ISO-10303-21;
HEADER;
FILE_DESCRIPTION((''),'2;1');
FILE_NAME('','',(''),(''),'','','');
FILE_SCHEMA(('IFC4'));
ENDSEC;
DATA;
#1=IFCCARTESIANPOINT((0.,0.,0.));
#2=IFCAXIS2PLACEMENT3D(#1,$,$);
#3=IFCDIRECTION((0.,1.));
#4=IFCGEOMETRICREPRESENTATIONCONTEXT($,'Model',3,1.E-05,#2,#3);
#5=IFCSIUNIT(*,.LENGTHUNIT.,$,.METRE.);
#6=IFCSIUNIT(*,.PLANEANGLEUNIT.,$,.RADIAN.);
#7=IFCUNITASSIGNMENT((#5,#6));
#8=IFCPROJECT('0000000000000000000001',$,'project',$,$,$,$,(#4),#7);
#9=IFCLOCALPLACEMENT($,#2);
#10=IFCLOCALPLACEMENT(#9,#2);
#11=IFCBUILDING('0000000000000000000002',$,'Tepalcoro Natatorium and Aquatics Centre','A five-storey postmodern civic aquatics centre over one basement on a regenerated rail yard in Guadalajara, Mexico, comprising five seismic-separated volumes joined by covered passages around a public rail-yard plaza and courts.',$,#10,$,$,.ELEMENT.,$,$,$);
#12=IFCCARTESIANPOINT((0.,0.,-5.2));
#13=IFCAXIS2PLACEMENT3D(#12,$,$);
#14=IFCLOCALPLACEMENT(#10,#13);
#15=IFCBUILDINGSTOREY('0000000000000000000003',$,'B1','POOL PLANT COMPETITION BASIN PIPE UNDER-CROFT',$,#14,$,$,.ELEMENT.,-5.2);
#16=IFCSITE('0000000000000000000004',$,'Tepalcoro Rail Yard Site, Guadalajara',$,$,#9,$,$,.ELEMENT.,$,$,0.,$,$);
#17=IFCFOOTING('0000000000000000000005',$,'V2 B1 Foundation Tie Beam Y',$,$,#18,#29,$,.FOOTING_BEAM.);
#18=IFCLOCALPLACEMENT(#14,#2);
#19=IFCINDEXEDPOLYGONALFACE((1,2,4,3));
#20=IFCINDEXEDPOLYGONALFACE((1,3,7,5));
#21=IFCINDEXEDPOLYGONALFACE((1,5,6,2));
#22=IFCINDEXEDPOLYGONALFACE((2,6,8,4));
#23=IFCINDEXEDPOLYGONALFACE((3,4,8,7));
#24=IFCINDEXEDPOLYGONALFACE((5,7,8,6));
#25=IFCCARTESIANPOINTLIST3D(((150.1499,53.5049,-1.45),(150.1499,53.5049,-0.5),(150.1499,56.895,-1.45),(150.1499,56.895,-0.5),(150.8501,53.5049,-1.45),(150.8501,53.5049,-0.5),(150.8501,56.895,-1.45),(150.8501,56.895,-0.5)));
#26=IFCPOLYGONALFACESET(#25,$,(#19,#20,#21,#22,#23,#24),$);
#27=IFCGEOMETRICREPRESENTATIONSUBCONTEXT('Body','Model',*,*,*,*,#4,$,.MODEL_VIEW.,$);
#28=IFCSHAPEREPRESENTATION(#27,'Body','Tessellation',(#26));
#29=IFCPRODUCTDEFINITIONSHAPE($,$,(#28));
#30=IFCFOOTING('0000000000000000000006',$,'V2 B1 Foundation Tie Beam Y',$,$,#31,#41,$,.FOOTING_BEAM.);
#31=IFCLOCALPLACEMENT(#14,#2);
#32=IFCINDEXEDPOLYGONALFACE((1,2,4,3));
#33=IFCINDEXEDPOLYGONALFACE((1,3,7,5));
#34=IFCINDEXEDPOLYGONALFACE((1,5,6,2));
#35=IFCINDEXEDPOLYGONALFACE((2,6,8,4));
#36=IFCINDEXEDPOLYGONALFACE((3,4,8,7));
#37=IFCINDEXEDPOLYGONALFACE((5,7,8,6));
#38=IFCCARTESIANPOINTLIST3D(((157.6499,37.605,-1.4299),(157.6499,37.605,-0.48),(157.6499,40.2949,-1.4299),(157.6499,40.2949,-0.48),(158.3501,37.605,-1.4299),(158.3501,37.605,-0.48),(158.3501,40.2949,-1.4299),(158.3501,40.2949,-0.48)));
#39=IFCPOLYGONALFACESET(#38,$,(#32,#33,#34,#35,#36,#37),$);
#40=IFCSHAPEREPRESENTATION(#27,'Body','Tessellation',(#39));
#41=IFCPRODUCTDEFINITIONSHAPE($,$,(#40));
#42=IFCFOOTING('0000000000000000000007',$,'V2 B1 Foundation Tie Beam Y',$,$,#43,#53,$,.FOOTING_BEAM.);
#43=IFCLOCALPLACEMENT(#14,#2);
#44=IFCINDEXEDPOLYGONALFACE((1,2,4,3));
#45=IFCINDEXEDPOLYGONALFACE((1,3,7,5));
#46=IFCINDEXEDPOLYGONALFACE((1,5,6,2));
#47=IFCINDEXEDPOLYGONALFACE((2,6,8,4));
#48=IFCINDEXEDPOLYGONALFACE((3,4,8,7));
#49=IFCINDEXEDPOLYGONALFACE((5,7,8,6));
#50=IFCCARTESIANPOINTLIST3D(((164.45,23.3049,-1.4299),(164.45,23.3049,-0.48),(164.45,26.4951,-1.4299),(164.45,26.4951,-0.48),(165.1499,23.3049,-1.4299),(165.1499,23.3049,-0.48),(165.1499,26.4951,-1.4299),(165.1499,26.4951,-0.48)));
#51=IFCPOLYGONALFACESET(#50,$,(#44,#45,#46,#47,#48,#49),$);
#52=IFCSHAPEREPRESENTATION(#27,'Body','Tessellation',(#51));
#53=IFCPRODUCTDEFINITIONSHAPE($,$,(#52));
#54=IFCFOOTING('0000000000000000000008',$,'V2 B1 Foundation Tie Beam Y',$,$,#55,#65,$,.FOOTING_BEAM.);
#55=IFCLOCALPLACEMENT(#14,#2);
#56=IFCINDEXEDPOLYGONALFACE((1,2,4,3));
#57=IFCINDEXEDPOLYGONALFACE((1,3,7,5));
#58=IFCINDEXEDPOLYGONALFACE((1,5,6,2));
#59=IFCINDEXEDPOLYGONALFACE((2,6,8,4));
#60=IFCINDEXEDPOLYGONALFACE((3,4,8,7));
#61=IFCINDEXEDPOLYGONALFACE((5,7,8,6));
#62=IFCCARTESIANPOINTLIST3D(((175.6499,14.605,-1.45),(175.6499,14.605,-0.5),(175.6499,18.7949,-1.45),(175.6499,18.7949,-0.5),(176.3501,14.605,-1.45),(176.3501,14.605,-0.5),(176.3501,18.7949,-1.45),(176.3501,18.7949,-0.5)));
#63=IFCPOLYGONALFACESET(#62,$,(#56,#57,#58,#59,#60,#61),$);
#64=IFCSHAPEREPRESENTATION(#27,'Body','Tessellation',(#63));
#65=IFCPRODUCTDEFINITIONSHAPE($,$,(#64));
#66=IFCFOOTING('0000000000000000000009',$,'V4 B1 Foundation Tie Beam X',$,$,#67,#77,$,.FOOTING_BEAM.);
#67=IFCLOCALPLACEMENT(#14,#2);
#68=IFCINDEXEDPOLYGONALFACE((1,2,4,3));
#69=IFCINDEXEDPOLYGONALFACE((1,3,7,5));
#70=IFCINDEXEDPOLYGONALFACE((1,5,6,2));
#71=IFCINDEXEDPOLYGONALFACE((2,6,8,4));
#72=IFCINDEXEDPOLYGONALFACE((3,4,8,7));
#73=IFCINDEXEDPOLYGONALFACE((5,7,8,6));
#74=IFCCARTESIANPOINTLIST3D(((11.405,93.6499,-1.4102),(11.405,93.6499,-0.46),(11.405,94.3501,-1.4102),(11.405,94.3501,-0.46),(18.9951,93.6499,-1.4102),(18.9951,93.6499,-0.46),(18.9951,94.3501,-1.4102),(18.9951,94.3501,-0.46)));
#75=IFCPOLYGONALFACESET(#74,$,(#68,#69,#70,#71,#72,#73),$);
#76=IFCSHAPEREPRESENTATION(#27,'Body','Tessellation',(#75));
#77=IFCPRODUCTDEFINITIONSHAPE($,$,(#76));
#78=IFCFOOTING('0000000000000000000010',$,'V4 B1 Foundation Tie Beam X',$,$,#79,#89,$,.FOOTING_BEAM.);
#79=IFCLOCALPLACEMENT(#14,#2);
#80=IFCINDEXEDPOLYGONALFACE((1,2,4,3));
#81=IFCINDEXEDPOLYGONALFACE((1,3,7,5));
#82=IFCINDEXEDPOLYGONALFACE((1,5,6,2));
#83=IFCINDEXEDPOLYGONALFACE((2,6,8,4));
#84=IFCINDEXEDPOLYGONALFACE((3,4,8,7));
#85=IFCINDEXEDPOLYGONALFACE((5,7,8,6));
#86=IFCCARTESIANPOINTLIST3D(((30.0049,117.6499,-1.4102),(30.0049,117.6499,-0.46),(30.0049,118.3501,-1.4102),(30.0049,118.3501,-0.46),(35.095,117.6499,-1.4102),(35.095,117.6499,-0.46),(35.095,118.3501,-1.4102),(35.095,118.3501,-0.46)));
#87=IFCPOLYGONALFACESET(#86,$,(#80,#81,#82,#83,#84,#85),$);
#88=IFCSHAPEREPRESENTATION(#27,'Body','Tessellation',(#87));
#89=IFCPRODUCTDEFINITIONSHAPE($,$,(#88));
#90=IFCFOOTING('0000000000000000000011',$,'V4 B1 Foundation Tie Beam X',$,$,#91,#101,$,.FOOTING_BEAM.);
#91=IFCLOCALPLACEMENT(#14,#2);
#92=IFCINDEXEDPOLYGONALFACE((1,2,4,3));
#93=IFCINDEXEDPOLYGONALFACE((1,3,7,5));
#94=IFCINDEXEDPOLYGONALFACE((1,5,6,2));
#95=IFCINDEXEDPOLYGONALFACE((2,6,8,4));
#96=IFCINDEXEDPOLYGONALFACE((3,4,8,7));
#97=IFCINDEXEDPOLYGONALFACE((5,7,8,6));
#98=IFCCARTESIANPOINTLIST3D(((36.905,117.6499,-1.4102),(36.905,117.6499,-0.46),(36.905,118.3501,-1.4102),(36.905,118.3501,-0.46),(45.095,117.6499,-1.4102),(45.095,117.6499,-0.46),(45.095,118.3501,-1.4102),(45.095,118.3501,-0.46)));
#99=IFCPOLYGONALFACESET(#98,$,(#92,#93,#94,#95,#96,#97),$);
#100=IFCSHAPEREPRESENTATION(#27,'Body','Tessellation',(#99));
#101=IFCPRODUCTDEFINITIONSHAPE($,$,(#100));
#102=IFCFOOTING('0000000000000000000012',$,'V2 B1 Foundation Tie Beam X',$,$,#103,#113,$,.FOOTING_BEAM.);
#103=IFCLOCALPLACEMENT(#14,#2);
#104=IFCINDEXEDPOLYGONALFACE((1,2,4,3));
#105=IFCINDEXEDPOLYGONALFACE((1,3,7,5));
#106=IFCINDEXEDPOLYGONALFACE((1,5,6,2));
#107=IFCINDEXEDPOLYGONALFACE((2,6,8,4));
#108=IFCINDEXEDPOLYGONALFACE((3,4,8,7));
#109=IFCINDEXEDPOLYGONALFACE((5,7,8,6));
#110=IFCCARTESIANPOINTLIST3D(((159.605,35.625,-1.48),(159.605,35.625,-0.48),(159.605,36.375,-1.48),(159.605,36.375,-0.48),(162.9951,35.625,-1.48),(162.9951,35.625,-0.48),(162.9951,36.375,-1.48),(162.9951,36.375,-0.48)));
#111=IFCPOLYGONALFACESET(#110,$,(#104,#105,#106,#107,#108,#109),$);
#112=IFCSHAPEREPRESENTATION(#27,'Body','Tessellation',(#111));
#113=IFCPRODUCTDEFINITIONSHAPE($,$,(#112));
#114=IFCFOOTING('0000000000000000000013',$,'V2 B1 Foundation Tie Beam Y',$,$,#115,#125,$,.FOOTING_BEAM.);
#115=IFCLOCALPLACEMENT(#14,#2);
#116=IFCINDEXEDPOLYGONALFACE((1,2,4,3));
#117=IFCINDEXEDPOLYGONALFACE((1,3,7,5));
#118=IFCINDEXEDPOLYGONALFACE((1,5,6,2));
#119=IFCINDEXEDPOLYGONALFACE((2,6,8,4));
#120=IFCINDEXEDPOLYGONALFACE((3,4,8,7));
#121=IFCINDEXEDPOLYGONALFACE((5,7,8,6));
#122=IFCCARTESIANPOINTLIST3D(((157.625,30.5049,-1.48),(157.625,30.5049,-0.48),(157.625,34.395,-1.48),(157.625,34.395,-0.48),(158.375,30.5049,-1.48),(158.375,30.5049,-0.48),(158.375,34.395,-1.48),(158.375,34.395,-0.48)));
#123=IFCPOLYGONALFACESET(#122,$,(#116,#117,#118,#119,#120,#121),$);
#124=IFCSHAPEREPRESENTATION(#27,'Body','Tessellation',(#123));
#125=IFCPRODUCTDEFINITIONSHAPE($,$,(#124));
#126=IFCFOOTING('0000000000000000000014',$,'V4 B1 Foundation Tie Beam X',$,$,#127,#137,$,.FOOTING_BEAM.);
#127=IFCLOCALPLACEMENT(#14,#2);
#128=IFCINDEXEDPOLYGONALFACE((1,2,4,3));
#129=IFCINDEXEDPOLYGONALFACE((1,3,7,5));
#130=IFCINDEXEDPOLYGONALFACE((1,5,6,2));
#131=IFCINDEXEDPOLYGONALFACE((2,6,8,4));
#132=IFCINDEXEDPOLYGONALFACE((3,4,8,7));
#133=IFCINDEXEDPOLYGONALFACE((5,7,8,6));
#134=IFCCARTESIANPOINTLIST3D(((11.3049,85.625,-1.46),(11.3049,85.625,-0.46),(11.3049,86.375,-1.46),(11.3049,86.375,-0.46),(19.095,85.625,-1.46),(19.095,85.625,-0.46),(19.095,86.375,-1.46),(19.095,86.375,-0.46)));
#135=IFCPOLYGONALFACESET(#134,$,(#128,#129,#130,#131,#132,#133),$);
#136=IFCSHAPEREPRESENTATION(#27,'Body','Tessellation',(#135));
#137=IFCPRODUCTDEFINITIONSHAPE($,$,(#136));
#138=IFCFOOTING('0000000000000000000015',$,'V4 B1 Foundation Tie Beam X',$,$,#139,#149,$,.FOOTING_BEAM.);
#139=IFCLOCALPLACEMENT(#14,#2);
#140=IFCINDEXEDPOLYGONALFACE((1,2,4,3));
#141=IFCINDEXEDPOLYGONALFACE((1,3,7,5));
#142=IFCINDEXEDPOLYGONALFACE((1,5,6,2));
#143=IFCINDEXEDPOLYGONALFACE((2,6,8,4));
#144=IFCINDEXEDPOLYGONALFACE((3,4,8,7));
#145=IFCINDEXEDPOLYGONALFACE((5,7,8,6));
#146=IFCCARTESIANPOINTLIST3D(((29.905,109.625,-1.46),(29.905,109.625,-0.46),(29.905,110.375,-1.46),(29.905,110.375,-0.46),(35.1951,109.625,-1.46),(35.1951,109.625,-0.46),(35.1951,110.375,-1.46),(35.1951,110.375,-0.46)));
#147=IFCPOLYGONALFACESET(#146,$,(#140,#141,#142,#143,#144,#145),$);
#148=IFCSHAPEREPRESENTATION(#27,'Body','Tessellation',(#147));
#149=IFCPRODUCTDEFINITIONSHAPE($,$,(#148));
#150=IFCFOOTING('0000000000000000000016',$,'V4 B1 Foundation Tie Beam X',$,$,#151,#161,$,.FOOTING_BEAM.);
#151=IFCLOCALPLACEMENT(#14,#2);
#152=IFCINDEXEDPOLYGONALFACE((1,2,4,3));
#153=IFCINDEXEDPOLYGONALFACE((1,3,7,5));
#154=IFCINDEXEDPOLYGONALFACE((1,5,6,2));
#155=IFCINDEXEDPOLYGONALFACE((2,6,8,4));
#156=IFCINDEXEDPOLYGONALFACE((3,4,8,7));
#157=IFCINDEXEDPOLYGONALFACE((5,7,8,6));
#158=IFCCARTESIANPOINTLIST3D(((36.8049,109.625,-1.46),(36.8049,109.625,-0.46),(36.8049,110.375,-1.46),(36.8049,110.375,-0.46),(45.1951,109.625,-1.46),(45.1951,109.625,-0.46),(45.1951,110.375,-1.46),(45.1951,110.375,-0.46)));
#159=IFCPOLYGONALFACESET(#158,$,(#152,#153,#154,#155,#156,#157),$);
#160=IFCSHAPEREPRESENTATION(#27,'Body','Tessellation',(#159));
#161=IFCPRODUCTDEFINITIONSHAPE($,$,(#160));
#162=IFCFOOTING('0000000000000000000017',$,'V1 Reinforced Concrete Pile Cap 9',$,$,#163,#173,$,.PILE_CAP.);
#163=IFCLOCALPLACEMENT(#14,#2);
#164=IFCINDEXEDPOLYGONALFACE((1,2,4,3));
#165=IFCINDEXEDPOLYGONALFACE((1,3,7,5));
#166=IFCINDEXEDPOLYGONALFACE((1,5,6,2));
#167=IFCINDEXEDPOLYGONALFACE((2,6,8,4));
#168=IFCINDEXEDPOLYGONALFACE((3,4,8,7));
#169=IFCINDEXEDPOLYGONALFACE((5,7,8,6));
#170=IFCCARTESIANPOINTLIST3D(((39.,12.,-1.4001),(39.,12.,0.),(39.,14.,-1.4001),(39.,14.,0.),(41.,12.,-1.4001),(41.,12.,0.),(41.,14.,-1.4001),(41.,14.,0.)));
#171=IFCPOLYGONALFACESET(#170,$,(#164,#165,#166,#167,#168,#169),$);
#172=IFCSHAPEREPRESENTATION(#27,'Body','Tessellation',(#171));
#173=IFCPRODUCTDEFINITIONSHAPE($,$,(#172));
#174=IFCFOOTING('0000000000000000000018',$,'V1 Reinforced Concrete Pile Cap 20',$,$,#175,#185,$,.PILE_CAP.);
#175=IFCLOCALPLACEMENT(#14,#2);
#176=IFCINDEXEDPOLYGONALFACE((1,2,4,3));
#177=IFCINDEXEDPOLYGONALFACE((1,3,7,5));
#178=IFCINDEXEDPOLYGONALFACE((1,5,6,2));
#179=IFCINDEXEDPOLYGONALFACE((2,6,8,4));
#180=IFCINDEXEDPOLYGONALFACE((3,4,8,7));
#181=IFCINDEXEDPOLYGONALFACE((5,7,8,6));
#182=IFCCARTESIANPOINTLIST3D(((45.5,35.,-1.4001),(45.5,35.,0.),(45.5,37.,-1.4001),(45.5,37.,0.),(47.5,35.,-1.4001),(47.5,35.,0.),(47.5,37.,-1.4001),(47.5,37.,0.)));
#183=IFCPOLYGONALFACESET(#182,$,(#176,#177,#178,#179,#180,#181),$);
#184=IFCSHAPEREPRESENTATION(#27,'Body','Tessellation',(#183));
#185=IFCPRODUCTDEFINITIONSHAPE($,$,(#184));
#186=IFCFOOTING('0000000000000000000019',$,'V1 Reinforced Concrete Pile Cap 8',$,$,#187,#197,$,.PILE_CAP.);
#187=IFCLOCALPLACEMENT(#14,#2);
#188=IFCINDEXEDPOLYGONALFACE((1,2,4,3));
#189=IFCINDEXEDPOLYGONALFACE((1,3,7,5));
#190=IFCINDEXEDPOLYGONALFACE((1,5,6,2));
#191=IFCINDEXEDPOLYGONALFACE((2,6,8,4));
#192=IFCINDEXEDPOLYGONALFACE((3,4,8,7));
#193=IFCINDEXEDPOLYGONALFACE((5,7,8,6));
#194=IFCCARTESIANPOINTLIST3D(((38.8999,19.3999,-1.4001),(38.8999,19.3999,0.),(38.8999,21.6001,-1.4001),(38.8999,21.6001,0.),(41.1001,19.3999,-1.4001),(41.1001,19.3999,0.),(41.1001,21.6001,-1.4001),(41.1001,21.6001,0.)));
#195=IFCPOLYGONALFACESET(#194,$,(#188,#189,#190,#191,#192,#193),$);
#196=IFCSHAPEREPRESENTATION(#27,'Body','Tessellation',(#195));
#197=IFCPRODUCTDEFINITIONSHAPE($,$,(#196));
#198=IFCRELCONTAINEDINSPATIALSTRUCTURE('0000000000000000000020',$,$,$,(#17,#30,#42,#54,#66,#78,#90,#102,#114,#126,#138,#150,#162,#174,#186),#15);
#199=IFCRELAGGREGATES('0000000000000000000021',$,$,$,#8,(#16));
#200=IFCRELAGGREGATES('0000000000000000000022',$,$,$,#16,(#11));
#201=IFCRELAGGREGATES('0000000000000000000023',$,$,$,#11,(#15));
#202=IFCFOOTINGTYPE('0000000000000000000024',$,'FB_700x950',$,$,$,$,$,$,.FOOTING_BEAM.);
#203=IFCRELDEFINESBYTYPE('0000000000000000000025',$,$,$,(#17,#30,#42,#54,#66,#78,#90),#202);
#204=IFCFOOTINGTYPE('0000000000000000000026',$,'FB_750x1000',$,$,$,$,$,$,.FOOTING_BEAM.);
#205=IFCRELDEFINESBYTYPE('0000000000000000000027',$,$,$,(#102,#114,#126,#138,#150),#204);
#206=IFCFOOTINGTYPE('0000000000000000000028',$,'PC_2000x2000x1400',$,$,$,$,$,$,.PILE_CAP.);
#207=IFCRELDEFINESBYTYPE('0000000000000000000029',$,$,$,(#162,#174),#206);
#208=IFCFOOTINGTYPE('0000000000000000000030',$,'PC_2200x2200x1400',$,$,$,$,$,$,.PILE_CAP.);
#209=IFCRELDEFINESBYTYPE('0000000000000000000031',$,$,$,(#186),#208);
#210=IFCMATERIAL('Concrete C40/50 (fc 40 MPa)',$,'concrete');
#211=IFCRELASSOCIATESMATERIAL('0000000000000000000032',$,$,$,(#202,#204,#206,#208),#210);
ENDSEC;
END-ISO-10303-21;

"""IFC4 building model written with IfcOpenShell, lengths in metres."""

from ifc_helpers import new_model, si_unit, direction, frame, origin, place, context, subcontext, project, spatial, polyline, outline, extrude, material, type_object, element, save


model = new_model("IFC4")

# Units and contexts
model_context = context("Model", 3, precision=1e-05, world=origin(), true_north=direction((0.0, 1.0)))
body_context = subcontext(model_context, "Body", "Model", "MODEL_VIEW")
ifc_project = project(units=[si_unit("LENGTHUNIT", "METRE"), si_unit("PLANEANGLEUNIT", "RADIAN")], contexts=[model_context])

# Site, building, storey
site_placement = place(None, origin())
site = spatial("IfcSite", under=ifc_project, at=site_placement, Name="Tepalcoro Rail Yard Site, Guadalajara", CompositionType="ELEMENT", RefElevation=0.0)
building_placement = place(site_placement, origin())
building = spatial("IfcBuilding", under=site, at=building_placement, Name="Tepalcoro Natatorium and Aquatics Centre", Description="A five-storey postmodern civic aquatics centre over one basement on a regenerated rail yard in Guadalajara, Mexico, comprising five seismic-separated volumes joined by covered passages around a public rail-yard plaza and courts.", CompositionType="ELEMENT")
storey_placement = place(building_placement, frame((0.0, 0.0, -5.2)))
storey = spatial("IfcBuildingStorey", under=building, at=storey_placement, Name="B1", Description="POOL PLANT COMPETITION BASIN PIPE UNDER-CROFT", CompositionType="ELEMENT", Elevation=-5.2)

# Footings
ifc_material = material(Name="Concrete C40/50 (fc 40 MPa)", Category="concrete")
footing_type_1 = type_object("IfcFootingType", Name="FB_700x950", PredefinedType="FOOTING_BEAM", material=ifc_material)
footing_1_placement = place(storey_placement, frame((0.0, 0.0, -1.45)))
element("IfcFooting", 1, at=footing_1_placement, inside=storey, type_object=footing_type_1, Name="V2 B1 Foundation Tie Beam Y", PredefinedType="FOOTING_BEAM", context=body_context, shape_type="SweptSolid", body=[
    extrude(outline(polyline([(150.8501, 53.5049), (150.8501, 56.895), (150.1499, 56.895), (150.1499, 53.5049), (150.8501, 53.5049)])), origin(), (0.0, 0.0, 1.0), 0.95),
])
footing_2_placement = place(storey_placement, frame((0.0, 0.0, -1.4299)))
element("IfcFooting", 2, at=footing_2_placement, inside=storey, type_object=footing_type_1, Name="V2 B1 Foundation Tie Beam Y", PredefinedType="FOOTING_BEAM", context=body_context, shape_type="SweptSolid", body=[
    extrude(outline(polyline([(158.3501, 37.605), (158.3501, 40.2949), (157.6499, 40.2949), (157.6499, 37.605), (158.3501, 37.605)])), origin(), (0.0, 0.0, 1.0), 0.95),
])
footing_3_placement = place(storey_placement, frame((0.0, 0.0, -1.4299)))
element("IfcFooting", 3, at=footing_3_placement, inside=storey, type_object=footing_type_1, Name="V2 B1 Foundation Tie Beam Y", PredefinedType="FOOTING_BEAM", context=body_context, shape_type="SweptSolid", body=[
    extrude(outline(polyline([(165.1499, 23.3049), (165.1499, 26.4951), (164.45, 26.4951), (164.45, 23.3049), (165.1499, 23.3049)])), origin(), (0.0, 0.0, 1.0), 0.95),
])
footing_4_placement = place(storey_placement, frame((0.0, 0.0, -1.45)))
element("IfcFooting", 4, at=footing_4_placement, inside=storey, type_object=footing_type_1, Name="V2 B1 Foundation Tie Beam Y", PredefinedType="FOOTING_BEAM", context=body_context, shape_type="SweptSolid", body=[
    extrude(outline(polyline([(176.3501, 14.605), (176.3501, 18.7949), (175.6499, 18.7949), (175.6499, 14.605), (176.3501, 14.605)])), origin(), (0.0, 0.0, 1.0), 0.95),
])
footing_5_placement = place(storey_placement, frame((0.0, 0.0, -1.4102)))
element("IfcFooting", 5, at=footing_5_placement, inside=storey, type_object=footing_type_1, Name="V4 B1 Foundation Tie Beam X", PredefinedType="FOOTING_BEAM", context=body_context, shape_type="SweptSolid", body=[
    extrude(outline(polyline([(11.405, 93.6499), (18.9951, 93.6499), (18.9951, 94.3501), (11.405, 94.3501), (11.405, 93.6499)])), origin(), (0.0, 0.0, 1.0), 0.9502),
])
footing_6_placement = place(storey_placement, frame((0.0, 0.0, -1.4102)))
element("IfcFooting", 6, at=footing_6_placement, inside=storey, type_object=footing_type_1, Name="V4 B1 Foundation Tie Beam X", PredefinedType="FOOTING_BEAM", context=body_context, shape_type="SweptSolid", body=[
    extrude(outline(polyline([(30.0049, 117.6499), (35.095, 117.6499), (35.095, 118.3501), (30.0049, 118.3501), (30.0049, 117.6499)])), origin(), (0.0, 0.0, 1.0), 0.9502),
])
footing_7_placement = place(storey_placement, frame((0.0, 0.0, -1.4102)))
element("IfcFooting", 7, at=footing_7_placement, inside=storey, type_object=footing_type_1, Name="V4 B1 Foundation Tie Beam X", PredefinedType="FOOTING_BEAM", context=body_context, shape_type="SweptSolid", body=[
    extrude(outline(polyline([(36.905, 117.6499), (45.095, 117.6499), (45.095, 118.3501), (36.905, 118.3501), (36.905, 117.6499)])), origin(), (0.0, 0.0, 1.0), 0.9502),
])
footing_type_2 = type_object("IfcFootingType", Name="FB_750x1000", PredefinedType="FOOTING_BEAM", material=ifc_material)
footing_8_placement = place(storey_placement, frame((0.0, 0.0, -1.48)))
element("IfcFooting", 8, at=footing_8_placement, inside=storey, type_object=footing_type_2, Name="V2 B1 Foundation Tie Beam X", PredefinedType="FOOTING_BEAM", context=body_context, shape_type="SweptSolid", body=[
    extrude(outline(polyline([(159.605, 35.625), (162.9951, 35.625), (162.9951, 36.375), (159.605, 36.375), (159.605, 35.625)])), origin(), (0.0, 0.0, 1.0), 1.0),
])
footing_9_placement = place(storey_placement, frame((0.0, 0.0, -1.48)))
element("IfcFooting", 9, at=footing_9_placement, inside=storey, type_object=footing_type_2, Name="V2 B1 Foundation Tie Beam Y", PredefinedType="FOOTING_BEAM", context=body_context, shape_type="SweptSolid", body=[
    extrude(outline(polyline([(158.375, 30.5049), (158.375, 34.395), (157.625, 34.395), (157.625, 30.5049), (158.375, 30.5049)])), origin(), (0.0, 0.0, 1.0), 1.0),
])
footing_10_placement = place(storey_placement, frame((0.0, 0.0, -1.46)))
element("IfcFooting", 10, at=footing_10_placement, inside=storey, type_object=footing_type_2, Name="V4 B1 Foundation Tie Beam X", PredefinedType="FOOTING_BEAM", context=body_context, shape_type="SweptSolid", body=[
    extrude(outline(polyline([(11.3049, 85.625), (19.095, 85.625), (19.095, 86.375), (11.3049, 86.375), (11.3049, 85.625)])), origin(), (0.0, 0.0, 1.0), 1.0),
])
footing_11_placement = place(storey_placement, frame((0.0, 0.0, -1.46)))
element("IfcFooting", 11, at=footing_11_placement, inside=storey, type_object=footing_type_2, Name="V4 B1 Foundation Tie Beam X", PredefinedType="FOOTING_BEAM", context=body_context, shape_type="SweptSolid", body=[
    extrude(outline(polyline([(29.905, 109.625), (35.1951, 109.625), (35.1951, 110.375), (29.905, 110.375), (29.905, 109.625)])), origin(), (0.0, 0.0, 1.0), 1.0),
])
footing_12_placement = place(storey_placement, frame((0.0, 0.0, -1.46)))
element("IfcFooting", 12, at=footing_12_placement, inside=storey, type_object=footing_type_2, Name="V4 B1 Foundation Tie Beam X", PredefinedType="FOOTING_BEAM", context=body_context, shape_type="SweptSolid", body=[
    extrude(outline(polyline([(36.8049, 109.625), (45.1951, 109.625), (45.1951, 110.375), (36.8049, 110.375), (36.8049, 109.625)])), origin(), (0.0, 0.0, 1.0), 1.0),
])
footing_type_3 = type_object("IfcFootingType", Name="PC_2000x2000x1400", PredefinedType="PILE_CAP", material=ifc_material)
footing_13_placement = place(storey_placement, frame((0.0, 0.0, -1.4001)))
element("IfcFooting", 13, at=footing_13_placement, inside=storey, type_object=footing_type_3, Name="V1 Reinforced Concrete Pile Cap 9", PredefinedType="PILE_CAP", context=body_context, shape_type="SweptSolid", body=[
    extrude(outline(polyline([(39.0, 12.0), (41.0, 12.0), (41.0, 14.0), (39.0, 14.0), (39.0, 12.0)])), origin(), (0.0, 0.0, 1.0), 1.4001),
])
footing_14_placement = place(storey_placement, frame((0.0, 0.0, -1.4001)))
element("IfcFooting", 14, at=footing_14_placement, inside=storey, type_object=footing_type_3, Name="V1 Reinforced Concrete Pile Cap 20", PredefinedType="PILE_CAP", context=body_context, shape_type="SweptSolid", body=[
    extrude(outline(polyline([(45.5, 35.0), (47.5, 35.0), (47.5, 37.0), (45.5, 37.0), (45.5, 35.0)])), origin(), (0.0, 0.0, 1.0), 1.4001),
])
footing_type_4 = type_object("IfcFootingType", Name="PC_2200x2200x1400", PredefinedType="PILE_CAP", material=ifc_material)
footing_15_placement = place(storey_placement, frame((0.0, 0.0, -1.4001)))
element("IfcFooting", 15, at=footing_15_placement, inside=storey, type_object=footing_type_4, Name="V1 Reinforced Concrete Pile Cap 8", PredefinedType="PILE_CAP", context=body_context, shape_type="SweptSolid", body=[
    extrude(outline(polyline([(38.8999, 19.3999), (41.1001, 19.3999), (41.1001, 21.6001), (38.8999, 21.6001), (38.8999, 19.3999)])), origin(), (0.0, 0.0, 1.0), 1.4001),
])

save(model, "model.ifc")
